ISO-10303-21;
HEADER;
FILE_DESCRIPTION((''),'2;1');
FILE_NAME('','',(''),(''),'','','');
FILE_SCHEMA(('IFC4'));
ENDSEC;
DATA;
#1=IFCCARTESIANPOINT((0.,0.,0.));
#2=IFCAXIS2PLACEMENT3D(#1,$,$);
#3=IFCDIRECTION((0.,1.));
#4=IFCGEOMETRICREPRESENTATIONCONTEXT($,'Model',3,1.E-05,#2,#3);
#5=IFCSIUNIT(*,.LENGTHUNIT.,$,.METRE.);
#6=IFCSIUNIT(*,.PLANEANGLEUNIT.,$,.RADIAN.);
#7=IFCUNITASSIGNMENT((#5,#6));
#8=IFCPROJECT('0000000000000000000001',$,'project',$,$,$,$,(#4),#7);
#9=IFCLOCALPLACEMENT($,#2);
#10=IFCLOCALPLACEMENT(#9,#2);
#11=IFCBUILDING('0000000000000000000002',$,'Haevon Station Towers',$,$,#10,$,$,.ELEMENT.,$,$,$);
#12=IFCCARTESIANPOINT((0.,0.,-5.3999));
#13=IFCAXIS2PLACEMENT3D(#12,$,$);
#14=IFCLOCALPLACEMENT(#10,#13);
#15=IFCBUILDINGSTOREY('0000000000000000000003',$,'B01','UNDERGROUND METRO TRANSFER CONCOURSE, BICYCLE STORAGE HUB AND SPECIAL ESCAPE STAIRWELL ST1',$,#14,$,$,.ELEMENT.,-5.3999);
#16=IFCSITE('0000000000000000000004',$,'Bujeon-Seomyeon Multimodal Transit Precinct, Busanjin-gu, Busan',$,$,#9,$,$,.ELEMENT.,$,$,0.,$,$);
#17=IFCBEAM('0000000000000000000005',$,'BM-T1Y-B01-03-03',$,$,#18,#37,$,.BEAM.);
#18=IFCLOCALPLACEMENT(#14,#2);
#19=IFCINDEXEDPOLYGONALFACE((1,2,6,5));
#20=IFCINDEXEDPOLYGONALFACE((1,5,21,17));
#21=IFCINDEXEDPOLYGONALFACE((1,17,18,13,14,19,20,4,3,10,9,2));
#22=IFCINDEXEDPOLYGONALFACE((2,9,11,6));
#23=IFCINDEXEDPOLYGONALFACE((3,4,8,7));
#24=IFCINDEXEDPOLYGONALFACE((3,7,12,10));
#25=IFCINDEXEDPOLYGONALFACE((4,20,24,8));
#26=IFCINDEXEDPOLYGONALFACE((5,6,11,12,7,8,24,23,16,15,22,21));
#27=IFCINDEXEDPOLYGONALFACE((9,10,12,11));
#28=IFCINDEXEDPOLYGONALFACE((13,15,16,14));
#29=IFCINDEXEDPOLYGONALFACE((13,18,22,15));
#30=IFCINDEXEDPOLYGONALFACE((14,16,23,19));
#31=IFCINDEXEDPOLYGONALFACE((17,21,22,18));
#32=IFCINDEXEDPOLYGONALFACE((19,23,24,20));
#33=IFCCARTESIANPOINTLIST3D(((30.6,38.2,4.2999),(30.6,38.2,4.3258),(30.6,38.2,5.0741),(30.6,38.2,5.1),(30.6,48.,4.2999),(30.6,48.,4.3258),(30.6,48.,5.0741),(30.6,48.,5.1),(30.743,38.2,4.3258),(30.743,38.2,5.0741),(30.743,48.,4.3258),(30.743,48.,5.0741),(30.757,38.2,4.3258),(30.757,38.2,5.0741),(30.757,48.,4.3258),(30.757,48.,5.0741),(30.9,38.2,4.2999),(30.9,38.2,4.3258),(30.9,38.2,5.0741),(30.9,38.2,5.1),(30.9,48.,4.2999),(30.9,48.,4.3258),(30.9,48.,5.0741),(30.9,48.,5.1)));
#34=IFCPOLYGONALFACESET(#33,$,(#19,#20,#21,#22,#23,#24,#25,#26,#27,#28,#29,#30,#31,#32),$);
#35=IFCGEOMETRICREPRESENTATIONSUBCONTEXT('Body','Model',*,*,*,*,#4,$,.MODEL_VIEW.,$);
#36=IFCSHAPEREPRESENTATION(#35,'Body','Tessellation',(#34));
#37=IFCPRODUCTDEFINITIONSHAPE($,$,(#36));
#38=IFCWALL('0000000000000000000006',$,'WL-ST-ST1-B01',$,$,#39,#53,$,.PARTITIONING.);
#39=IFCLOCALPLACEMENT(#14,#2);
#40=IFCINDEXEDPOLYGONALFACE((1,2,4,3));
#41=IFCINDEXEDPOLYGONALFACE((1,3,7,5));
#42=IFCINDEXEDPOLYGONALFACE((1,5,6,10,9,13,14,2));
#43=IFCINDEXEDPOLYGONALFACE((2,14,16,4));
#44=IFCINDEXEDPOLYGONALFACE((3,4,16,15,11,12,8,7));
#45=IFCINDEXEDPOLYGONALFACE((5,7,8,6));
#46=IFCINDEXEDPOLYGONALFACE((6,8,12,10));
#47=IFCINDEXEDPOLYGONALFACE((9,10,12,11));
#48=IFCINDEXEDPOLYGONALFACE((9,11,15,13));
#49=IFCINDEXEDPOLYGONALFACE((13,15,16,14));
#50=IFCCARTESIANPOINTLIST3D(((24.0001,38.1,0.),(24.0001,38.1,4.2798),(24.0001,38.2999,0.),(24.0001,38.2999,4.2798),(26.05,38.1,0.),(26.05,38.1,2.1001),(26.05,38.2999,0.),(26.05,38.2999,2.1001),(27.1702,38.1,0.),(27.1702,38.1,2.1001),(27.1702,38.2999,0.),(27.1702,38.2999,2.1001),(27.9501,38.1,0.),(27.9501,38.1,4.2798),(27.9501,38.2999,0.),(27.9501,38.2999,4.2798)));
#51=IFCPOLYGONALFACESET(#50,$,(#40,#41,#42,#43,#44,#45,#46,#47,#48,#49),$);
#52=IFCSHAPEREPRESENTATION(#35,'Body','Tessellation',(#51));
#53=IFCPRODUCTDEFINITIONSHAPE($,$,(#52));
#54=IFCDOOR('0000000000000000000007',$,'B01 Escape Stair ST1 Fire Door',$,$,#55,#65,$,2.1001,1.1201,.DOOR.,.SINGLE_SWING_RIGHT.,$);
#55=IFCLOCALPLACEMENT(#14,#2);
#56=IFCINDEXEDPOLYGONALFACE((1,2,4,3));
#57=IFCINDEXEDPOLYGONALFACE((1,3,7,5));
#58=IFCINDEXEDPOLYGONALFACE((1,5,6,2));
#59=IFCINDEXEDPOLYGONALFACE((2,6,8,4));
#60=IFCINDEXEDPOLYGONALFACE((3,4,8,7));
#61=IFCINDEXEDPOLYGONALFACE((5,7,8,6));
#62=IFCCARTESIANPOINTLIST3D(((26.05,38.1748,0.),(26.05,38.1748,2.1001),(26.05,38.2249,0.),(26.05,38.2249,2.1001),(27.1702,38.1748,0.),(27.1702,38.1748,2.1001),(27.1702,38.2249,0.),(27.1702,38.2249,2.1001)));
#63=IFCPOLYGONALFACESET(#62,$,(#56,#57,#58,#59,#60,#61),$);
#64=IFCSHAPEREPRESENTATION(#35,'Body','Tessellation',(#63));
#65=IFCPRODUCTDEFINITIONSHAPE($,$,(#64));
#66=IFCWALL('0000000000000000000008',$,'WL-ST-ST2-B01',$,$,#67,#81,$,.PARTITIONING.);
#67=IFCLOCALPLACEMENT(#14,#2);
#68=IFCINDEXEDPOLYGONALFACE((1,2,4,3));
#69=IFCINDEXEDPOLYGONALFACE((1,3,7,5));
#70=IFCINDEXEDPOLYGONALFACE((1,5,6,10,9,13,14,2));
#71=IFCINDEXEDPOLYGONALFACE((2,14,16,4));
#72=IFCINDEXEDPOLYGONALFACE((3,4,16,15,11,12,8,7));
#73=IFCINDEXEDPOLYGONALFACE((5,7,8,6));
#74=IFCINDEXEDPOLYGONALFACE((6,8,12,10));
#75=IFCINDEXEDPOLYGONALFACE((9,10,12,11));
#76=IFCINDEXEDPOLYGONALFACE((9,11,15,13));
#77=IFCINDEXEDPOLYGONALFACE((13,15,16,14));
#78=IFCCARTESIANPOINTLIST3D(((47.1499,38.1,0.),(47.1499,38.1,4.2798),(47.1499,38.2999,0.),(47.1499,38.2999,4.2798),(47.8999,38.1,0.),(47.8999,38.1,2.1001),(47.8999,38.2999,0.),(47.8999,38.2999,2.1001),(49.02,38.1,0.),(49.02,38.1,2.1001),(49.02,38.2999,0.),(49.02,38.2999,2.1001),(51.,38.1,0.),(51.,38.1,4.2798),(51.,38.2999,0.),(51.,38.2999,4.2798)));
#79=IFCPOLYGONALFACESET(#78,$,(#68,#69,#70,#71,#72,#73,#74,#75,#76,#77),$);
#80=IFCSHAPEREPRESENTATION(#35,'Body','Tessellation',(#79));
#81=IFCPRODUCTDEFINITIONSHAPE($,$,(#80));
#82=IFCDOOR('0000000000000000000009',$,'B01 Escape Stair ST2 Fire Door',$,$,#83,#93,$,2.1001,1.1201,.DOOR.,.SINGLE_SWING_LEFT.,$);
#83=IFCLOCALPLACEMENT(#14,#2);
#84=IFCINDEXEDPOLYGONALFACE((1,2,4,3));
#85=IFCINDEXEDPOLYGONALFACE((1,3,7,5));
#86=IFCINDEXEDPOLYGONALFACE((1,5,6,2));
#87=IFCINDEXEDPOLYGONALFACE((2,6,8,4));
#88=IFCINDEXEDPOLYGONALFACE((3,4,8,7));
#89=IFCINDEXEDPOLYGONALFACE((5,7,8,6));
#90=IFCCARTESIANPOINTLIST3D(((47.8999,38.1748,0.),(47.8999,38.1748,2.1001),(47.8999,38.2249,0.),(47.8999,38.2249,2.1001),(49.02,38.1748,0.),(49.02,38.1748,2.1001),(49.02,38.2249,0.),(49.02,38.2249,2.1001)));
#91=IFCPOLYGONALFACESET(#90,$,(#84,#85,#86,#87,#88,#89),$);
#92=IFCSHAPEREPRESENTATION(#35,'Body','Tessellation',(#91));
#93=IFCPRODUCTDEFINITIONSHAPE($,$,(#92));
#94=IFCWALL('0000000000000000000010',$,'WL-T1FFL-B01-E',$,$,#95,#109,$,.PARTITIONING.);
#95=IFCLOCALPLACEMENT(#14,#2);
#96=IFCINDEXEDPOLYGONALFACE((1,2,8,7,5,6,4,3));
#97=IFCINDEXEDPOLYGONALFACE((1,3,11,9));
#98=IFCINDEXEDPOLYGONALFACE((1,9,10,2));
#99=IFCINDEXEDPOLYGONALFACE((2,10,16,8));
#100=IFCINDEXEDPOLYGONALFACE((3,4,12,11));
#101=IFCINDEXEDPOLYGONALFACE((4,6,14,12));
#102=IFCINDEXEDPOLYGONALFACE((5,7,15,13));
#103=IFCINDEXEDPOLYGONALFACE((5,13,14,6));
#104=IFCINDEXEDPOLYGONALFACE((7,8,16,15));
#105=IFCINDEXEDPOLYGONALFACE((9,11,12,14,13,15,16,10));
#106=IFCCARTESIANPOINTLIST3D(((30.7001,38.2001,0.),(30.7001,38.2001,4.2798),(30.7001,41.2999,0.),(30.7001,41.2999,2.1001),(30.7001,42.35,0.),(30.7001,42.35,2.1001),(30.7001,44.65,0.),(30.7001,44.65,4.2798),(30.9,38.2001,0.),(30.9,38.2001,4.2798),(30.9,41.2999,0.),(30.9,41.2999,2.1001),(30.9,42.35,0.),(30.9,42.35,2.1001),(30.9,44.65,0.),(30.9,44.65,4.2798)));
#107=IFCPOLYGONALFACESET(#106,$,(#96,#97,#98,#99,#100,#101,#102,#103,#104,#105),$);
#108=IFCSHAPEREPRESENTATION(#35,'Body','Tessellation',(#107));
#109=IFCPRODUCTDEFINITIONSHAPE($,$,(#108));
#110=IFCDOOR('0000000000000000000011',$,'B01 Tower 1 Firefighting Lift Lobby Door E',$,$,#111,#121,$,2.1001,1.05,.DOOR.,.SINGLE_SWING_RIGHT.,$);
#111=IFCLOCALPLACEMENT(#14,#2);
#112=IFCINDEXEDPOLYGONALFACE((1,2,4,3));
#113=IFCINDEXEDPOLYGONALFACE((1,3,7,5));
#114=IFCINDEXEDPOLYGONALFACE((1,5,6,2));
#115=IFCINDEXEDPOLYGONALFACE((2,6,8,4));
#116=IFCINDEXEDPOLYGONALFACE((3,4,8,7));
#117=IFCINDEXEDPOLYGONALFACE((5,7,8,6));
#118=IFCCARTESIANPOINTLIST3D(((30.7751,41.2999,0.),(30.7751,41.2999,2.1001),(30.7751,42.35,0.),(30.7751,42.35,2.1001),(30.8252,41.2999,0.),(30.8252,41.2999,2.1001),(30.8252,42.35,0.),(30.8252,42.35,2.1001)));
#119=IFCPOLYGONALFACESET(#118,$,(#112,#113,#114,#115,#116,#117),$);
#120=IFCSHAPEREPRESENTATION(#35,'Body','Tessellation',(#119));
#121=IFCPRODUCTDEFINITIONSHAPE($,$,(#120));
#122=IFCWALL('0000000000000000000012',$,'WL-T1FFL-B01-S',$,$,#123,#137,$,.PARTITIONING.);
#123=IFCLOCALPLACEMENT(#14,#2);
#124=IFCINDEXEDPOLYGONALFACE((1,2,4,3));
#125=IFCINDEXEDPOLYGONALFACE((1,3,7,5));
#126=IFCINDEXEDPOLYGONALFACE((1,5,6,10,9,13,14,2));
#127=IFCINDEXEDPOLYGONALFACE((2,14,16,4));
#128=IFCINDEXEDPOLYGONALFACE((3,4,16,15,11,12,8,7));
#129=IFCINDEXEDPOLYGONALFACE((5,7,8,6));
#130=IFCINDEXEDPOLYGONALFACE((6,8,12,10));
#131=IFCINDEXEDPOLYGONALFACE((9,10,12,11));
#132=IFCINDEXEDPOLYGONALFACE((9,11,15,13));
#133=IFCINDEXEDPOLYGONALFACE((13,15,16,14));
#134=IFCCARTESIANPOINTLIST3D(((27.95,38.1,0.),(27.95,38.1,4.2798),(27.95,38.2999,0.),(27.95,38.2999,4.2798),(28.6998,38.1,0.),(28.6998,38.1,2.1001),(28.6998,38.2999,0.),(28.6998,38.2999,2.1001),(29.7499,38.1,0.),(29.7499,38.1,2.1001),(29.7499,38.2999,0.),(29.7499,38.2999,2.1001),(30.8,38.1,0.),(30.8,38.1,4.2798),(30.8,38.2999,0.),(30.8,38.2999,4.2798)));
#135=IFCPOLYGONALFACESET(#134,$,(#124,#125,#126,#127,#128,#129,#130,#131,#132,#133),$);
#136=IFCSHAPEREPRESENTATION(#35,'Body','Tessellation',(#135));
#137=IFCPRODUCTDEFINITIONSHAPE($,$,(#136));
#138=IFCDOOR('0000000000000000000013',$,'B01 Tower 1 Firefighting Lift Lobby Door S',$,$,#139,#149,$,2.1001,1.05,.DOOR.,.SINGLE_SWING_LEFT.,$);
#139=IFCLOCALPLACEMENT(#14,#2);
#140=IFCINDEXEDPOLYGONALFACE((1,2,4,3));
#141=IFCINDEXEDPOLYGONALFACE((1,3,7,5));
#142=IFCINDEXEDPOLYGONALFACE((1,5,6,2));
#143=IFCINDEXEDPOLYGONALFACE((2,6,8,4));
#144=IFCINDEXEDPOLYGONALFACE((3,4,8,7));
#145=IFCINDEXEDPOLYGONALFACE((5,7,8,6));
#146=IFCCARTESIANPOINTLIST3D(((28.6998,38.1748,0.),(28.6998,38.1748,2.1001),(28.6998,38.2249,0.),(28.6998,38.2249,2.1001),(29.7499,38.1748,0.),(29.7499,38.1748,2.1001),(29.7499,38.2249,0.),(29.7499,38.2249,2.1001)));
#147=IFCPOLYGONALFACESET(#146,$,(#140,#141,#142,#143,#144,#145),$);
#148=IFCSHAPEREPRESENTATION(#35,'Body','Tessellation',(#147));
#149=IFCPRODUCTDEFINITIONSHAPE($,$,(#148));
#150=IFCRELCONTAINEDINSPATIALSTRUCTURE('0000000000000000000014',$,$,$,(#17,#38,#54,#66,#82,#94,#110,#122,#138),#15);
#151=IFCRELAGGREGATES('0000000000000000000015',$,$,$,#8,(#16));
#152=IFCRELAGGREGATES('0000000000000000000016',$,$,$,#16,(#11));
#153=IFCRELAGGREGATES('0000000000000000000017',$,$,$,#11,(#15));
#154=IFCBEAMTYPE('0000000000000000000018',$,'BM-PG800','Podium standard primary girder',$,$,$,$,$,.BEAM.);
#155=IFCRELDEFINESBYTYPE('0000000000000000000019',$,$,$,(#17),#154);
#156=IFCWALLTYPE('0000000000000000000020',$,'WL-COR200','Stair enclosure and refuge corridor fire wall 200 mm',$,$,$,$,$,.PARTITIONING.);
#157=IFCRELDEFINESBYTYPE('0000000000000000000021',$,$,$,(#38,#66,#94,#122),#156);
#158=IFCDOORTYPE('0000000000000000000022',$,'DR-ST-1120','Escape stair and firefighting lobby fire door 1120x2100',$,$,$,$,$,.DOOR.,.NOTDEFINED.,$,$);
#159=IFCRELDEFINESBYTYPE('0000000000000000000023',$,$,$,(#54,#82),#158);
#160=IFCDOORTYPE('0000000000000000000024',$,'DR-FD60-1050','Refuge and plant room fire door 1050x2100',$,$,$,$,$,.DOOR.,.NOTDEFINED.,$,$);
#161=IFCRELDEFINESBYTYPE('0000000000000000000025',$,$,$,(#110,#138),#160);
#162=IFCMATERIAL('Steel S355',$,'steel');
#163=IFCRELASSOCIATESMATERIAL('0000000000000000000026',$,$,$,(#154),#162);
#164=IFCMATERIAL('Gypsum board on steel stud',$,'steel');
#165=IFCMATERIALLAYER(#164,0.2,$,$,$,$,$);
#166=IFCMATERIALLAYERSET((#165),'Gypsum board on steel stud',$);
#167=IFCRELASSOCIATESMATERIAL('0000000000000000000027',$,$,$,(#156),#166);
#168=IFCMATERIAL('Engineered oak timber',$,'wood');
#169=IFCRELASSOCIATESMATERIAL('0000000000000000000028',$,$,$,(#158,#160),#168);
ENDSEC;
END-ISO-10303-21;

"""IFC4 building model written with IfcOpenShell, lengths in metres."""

from ifc_helpers import new_model, si_unit, direction, frame, frame_2d, origin, origin_2d, place, context, subcontext, project, spatial, rectangle, i_section, extrude, material, layer, layer_set, material_profile, profile_set, type_object, element, fill, save


model = new_model("IFC4")

# Units and contexts
model_context = context("Model", 3, precision=1e-05, world=origin(), true_north=direction((0.0, 1.0)))
body_context = subcontext(model_context, "Body", "Model", "MODEL_VIEW")
ifc_project = project(units=[si_unit("LENGTHUNIT", "METRE"), si_unit("PLANEANGLEUNIT", "RADIAN")], contexts=[model_context])

# Site, building, storey
site_placement = place(None, origin())
site = spatial("IfcSite", under=ifc_project, at=site_placement, Name="Bujeon-Seomyeon Multimodal Transit Precinct, Busanjin-gu, Busan", CompositionType="ELEMENT", RefElevation=0.0)
building_placement = place(site_placement, origin())
building = spatial("IfcBuilding", under=site, at=building_placement, Name="Haevon Station Towers", CompositionType="ELEMENT")
storey_placement = place(building_placement, frame((0.0, 0.0, -5.3999)))
storey = spatial("IfcBuildingStorey", under=building, at=storey_placement, Name="B01", Description="UNDERGROUND METRO TRANSFER CONCOURSE, BICYCLE STORAGE HUB AND SPECIAL ESCAPE STAIRWELL ST1", CompositionType="ELEMENT", Elevation=-5.3999)

# Beam
ifc_material_1 = material(Name="Steel S355", Category="steel")
ifc_material_profile_1 = material_profile(ifc_material_1, i_section(OverallWidth=0.3, OverallDepth=0.8, WebThickness=0.0139, FlangeThickness=0.0259, at=origin_2d()), Name="H-800x300x14x26")
ifc_profile_set_1 = profile_set([ifc_material_profile_1], Name="Steel S355")
beam_type_1 = type_object("IfcBeamType", Name="BM-PG800", Description="Podium standard primary girder", PredefinedType="BEAM", material=ifc_profile_set_1)
for number, where, z_axis, x_axis, name in (
    (1, (30.75, 38.2, 4.7), (0.0, 1.0, 0.0), (-1.0, 0.0, 0.0), "BM-T1Y-B01-03-03"),
):
    element("IfcBeam", number, at=place(storey_placement, frame(where, z_axis=z_axis, x_axis=x_axis)), inside=storey, type_object=beam_type_1, Name=name, PredefinedType="BEAM", context=body_context, shape_type="SweptSolid", body=[
        extrude(i_section(OverallWidth=0.3, OverallDepth=0.8, WebThickness=0.0139, FlangeThickness=0.0259, at=origin_2d()), origin(), (0.0, 0.0, 1.0), 9.8),
    ])

# Walls, openings, doors
ifc_material_2 = material(Name="Gypsum board on steel stud", Category="steel")
ifc_layer_1 = layer(ifc_material_2, 0.2)
ifc_layer_set_1 = layer_set([ifc_layer_1], Name="Gypsum board on steel stud")
wall_type_1 = type_object("IfcWallType", Name="WL-COR200", Description="Stair enclosure and refuge corridor fire wall 200 mm", PredefinedType="PARTITIONING", material=ifc_layer_set_1)
wall_1_placement = place(storey_placement, frame((24.0, 38.2, 0.0), z_axis=(0.0, 0.0, 1.0), x_axis=(1.0, 0.0, 0.0)))
wall_1 = element("IfcWall", 2, at=wall_1_placement, inside=storey, type_object=wall_type_1, Name="WL-ST-ST1-B01", PredefinedType="PARTITIONING", context=body_context, shape_type="SweptSolid", body=[
    extrude(rectangle(XDim=3.95, YDim=0.2, at=frame_2d((1.9751, 0.0))), origin(), (0.0, 0.0, 1.0), 4.2798),
])
opening_1_placement = place(wall_1_placement, frame((2.05, 0.0, 0.0)))
opening_1 = element("IfcOpeningElement", 3, at=opening_1_placement, cuts=wall_1, PredefinedType="OPENING", context=body_context, shape_type="SweptSolid", body=[
    extrude(rectangle(XDim=1.1201, YDim=2.1001, at=frame_2d((0.5601, 1.05))), frame((0.0, 0.1099, 0.0), z_axis=(0.0, -1.0, 0.0), x_axis=(1.0, 0.0, 0.0)), (0.0, 0.0, 1.0), 0.22),
])
ifc_material_3 = material(Name="Engineered oak timber", Category="wood")
door_type_1 = type_object("IfcDoorType", Name="DR-ST-1120", Description="Escape stair and firefighting lobby fire door 1120x2100", OperationType="NOTDEFINED", PredefinedType="DOOR", material=ifc_material_3)
door_1_placement = place(opening_1_placement, origin())
door_1 = element("IfcDoor", 4, at=door_1_placement, inside=storey, type_object=door_type_1, Name="B01 Escape Stair ST1 Fire Door", OperationType="SINGLE_SWING_RIGHT", OverallHeight=2.1001, OverallWidth=1.1201, PredefinedType="DOOR", context=body_context, shape_type="SweptSolid", body=[
    extrude(rectangle(XDim=1.1201, YDim=2.1001, at=frame_2d((0.5601, 1.05))), frame((0.0, 0.0249, 0.0), z_axis=(0.0, -1.0, 0.0), x_axis=(1.0, 0.0, 0.0)), (0.0, 0.0, 1.0), 0.05),
])
fill(opening_1, door_1)
wall_2_placement = place(storey_placement, frame((47.1499, 38.2, 0.0), z_axis=(0.0, 0.0, 1.0), x_axis=(1.0, 0.0, 0.0)))
wall_2 = element("IfcWall", 5, at=wall_2_placement, inside=storey, type_object=wall_type_1, Name="WL-ST-ST2-B01", PredefinedType="PARTITIONING", context=body_context, shape_type="SweptSolid", body=[
    extrude(rectangle(XDim=3.8501, YDim=0.2, at=frame_2d((1.925, 0.0))), origin(), (0.0, 0.0, 1.0), 4.2798),
])
opening_2_placement = place(wall_2_placement, frame((0.75, 0.0, 0.0)))
opening_2 = element("IfcOpeningElement", 6, at=opening_2_placement, cuts=wall_2, PredefinedType="OPENING", context=body_context, shape_type="SweptSolid", body=[
    extrude(rectangle(XDim=1.1201, YDim=2.1001, at=frame_2d((0.5601, 1.05))), frame((0.0, 0.1099, 0.0), z_axis=(0.0, -1.0, 0.0), x_axis=(1.0, 0.0, 0.0)), (0.0, 0.0, 1.0), 0.22),
])
door_2_placement = place(opening_2_placement, origin())
door_2 = element("IfcDoor", 7, at=door_2_placement, inside=storey, type_object=door_type_1, Name="B01 Escape Stair ST2 Fire Door", OperationType="SINGLE_SWING_LEFT", OverallHeight=2.1001, OverallWidth=1.1201, PredefinedType="DOOR", context=body_context, shape_type="SweptSolid", body=[
    extrude(rectangle(XDim=1.1201, YDim=2.1001, at=frame_2d((0.5601, 1.05))), frame((0.0, 0.0249, 0.0), z_axis=(0.0, -1.0, 0.0), x_axis=(1.0, 0.0, 0.0)), (0.0, 0.0, 1.0), 0.05),
])
fill(opening_2, door_2)
wall_3_placement = place(storey_placement, frame((30.8, 38.2, 0.0), z_axis=(0.0, 0.0, 1.0), x_axis=(0.0, 1.0, 0.0)))
wall_3 = element("IfcWall", 8, at=wall_3_placement, inside=storey, type_object=wall_type_1, Name="WL-T1FFL-B01-E", PredefinedType="PARTITIONING", context=body_context, shape_type="SweptSolid", body=[
    extrude(rectangle(XDim=6.45, YDim=0.2, at=frame_2d((3.2251, 0.0))), origin(), (0.0, 0.0, 1.0), 4.2798),
])
opening_3_placement = place(wall_3_placement, frame((3.1001, 0.0, 0.0)))
opening_3 = element("IfcOpeningElement", 9, at=opening_3_placement, cuts=wall_3, PredefinedType="OPENING", context=body_context, shape_type="SweptSolid", body=[
    extrude(rectangle(XDim=1.05, YDim=2.1001, at=frame_2d((0.5249, 1.05))), frame((0.0, 0.1099, 0.0), z_axis=(0.0, -1.0, 0.0), x_axis=(1.0, 0.0, 0.0)), (0.0, 0.0, 1.0), 0.22),
])
door_type_2 = type_object("IfcDoorType", Name="DR-FD60-1050", Description="Refuge and plant room fire door 1050x2100", OperationType="NOTDEFINED", PredefinedType="DOOR", material=ifc_material_3)
door_3_placement = place(opening_3_placement, origin())
door_3 = element("IfcDoor", 10, at=door_3_placement, inside=storey, type_object=door_type_2, Name="B01 Tower 1 Firefighting Lift Lobby Door E", OperationType="SINGLE_SWING_RIGHT", OverallHeight=2.1001, OverallWidth=1.05, PredefinedType="DOOR", context=body_context, shape_type="SweptSolid", body=[
    extrude(rectangle(XDim=1.05, YDim=2.1001, at=frame_2d((0.5249, 1.05))), frame((0.0, 0.0249, 0.0), z_axis=(0.0, -1.0, 0.0), x_axis=(1.0, 0.0, 0.0)), (0.0, 0.0, 1.0), 0.05),
])
fill(opening_3, door_3)
wall_4_placement = place(storey_placement, frame((27.95, 38.2, 0.0), z_axis=(0.0, 0.0, 1.0), x_axis=(1.0, 0.0, 0.0)))
wall_4 = element("IfcWall", 11, at=wall_4_placement, inside=storey, type_object=wall_type_1, Name="WL-T1FFL-B01-S", PredefinedType="PARTITIONING", context=body_context, shape_type="SweptSolid", body=[
    extrude(rectangle(XDim=2.8501, YDim=0.2, at=frame_2d((1.425, 0.0))), origin(), (0.0, 0.0, 1.0), 4.2798),
])
opening_4_placement = place(wall_4_placement, frame((0.75, 0.0, 0.0)))
opening_4 = element("IfcOpeningElement", 12, at=opening_4_placement, cuts=wall_4, PredefinedType="OPENING", context=body_context, shape_type="SweptSolid", body=[
    extrude(rectangle(XDim=1.05, YDim=2.1001, at=frame_2d((0.5249, 1.05))), frame((0.0, 0.1099, 0.0), z_axis=(0.0, -1.0, 0.0), x_axis=(1.0, 0.0, 0.0)), (0.0, 0.0, 1.0), 0.22),
])
door_4_placement = place(opening_4_placement, origin())
door_4 = element("IfcDoor", 13, at=door_4_placement, inside=storey, type_object=door_type_2, Name="B01 Tower 1 Firefighting Lift Lobby Door S", OperationType="SINGLE_SWING_LEFT", OverallHeight=2.1001, OverallWidth=1.05, PredefinedType="DOOR", context=body_context, shape_type="SweptSolid", body=[
    extrude(rectangle(XDim=1.05, YDim=2.1001, at=frame_2d((0.5249, 1.05))), frame((0.0, 0.0249, 0.0), z_axis=(0.0, -1.0, 0.0), x_axis=(1.0, 0.0, 0.0)), (0.0, 0.0, 1.0), 0.05),
])
fill(opening_4, door_4)

save(model, "model.ifc")
